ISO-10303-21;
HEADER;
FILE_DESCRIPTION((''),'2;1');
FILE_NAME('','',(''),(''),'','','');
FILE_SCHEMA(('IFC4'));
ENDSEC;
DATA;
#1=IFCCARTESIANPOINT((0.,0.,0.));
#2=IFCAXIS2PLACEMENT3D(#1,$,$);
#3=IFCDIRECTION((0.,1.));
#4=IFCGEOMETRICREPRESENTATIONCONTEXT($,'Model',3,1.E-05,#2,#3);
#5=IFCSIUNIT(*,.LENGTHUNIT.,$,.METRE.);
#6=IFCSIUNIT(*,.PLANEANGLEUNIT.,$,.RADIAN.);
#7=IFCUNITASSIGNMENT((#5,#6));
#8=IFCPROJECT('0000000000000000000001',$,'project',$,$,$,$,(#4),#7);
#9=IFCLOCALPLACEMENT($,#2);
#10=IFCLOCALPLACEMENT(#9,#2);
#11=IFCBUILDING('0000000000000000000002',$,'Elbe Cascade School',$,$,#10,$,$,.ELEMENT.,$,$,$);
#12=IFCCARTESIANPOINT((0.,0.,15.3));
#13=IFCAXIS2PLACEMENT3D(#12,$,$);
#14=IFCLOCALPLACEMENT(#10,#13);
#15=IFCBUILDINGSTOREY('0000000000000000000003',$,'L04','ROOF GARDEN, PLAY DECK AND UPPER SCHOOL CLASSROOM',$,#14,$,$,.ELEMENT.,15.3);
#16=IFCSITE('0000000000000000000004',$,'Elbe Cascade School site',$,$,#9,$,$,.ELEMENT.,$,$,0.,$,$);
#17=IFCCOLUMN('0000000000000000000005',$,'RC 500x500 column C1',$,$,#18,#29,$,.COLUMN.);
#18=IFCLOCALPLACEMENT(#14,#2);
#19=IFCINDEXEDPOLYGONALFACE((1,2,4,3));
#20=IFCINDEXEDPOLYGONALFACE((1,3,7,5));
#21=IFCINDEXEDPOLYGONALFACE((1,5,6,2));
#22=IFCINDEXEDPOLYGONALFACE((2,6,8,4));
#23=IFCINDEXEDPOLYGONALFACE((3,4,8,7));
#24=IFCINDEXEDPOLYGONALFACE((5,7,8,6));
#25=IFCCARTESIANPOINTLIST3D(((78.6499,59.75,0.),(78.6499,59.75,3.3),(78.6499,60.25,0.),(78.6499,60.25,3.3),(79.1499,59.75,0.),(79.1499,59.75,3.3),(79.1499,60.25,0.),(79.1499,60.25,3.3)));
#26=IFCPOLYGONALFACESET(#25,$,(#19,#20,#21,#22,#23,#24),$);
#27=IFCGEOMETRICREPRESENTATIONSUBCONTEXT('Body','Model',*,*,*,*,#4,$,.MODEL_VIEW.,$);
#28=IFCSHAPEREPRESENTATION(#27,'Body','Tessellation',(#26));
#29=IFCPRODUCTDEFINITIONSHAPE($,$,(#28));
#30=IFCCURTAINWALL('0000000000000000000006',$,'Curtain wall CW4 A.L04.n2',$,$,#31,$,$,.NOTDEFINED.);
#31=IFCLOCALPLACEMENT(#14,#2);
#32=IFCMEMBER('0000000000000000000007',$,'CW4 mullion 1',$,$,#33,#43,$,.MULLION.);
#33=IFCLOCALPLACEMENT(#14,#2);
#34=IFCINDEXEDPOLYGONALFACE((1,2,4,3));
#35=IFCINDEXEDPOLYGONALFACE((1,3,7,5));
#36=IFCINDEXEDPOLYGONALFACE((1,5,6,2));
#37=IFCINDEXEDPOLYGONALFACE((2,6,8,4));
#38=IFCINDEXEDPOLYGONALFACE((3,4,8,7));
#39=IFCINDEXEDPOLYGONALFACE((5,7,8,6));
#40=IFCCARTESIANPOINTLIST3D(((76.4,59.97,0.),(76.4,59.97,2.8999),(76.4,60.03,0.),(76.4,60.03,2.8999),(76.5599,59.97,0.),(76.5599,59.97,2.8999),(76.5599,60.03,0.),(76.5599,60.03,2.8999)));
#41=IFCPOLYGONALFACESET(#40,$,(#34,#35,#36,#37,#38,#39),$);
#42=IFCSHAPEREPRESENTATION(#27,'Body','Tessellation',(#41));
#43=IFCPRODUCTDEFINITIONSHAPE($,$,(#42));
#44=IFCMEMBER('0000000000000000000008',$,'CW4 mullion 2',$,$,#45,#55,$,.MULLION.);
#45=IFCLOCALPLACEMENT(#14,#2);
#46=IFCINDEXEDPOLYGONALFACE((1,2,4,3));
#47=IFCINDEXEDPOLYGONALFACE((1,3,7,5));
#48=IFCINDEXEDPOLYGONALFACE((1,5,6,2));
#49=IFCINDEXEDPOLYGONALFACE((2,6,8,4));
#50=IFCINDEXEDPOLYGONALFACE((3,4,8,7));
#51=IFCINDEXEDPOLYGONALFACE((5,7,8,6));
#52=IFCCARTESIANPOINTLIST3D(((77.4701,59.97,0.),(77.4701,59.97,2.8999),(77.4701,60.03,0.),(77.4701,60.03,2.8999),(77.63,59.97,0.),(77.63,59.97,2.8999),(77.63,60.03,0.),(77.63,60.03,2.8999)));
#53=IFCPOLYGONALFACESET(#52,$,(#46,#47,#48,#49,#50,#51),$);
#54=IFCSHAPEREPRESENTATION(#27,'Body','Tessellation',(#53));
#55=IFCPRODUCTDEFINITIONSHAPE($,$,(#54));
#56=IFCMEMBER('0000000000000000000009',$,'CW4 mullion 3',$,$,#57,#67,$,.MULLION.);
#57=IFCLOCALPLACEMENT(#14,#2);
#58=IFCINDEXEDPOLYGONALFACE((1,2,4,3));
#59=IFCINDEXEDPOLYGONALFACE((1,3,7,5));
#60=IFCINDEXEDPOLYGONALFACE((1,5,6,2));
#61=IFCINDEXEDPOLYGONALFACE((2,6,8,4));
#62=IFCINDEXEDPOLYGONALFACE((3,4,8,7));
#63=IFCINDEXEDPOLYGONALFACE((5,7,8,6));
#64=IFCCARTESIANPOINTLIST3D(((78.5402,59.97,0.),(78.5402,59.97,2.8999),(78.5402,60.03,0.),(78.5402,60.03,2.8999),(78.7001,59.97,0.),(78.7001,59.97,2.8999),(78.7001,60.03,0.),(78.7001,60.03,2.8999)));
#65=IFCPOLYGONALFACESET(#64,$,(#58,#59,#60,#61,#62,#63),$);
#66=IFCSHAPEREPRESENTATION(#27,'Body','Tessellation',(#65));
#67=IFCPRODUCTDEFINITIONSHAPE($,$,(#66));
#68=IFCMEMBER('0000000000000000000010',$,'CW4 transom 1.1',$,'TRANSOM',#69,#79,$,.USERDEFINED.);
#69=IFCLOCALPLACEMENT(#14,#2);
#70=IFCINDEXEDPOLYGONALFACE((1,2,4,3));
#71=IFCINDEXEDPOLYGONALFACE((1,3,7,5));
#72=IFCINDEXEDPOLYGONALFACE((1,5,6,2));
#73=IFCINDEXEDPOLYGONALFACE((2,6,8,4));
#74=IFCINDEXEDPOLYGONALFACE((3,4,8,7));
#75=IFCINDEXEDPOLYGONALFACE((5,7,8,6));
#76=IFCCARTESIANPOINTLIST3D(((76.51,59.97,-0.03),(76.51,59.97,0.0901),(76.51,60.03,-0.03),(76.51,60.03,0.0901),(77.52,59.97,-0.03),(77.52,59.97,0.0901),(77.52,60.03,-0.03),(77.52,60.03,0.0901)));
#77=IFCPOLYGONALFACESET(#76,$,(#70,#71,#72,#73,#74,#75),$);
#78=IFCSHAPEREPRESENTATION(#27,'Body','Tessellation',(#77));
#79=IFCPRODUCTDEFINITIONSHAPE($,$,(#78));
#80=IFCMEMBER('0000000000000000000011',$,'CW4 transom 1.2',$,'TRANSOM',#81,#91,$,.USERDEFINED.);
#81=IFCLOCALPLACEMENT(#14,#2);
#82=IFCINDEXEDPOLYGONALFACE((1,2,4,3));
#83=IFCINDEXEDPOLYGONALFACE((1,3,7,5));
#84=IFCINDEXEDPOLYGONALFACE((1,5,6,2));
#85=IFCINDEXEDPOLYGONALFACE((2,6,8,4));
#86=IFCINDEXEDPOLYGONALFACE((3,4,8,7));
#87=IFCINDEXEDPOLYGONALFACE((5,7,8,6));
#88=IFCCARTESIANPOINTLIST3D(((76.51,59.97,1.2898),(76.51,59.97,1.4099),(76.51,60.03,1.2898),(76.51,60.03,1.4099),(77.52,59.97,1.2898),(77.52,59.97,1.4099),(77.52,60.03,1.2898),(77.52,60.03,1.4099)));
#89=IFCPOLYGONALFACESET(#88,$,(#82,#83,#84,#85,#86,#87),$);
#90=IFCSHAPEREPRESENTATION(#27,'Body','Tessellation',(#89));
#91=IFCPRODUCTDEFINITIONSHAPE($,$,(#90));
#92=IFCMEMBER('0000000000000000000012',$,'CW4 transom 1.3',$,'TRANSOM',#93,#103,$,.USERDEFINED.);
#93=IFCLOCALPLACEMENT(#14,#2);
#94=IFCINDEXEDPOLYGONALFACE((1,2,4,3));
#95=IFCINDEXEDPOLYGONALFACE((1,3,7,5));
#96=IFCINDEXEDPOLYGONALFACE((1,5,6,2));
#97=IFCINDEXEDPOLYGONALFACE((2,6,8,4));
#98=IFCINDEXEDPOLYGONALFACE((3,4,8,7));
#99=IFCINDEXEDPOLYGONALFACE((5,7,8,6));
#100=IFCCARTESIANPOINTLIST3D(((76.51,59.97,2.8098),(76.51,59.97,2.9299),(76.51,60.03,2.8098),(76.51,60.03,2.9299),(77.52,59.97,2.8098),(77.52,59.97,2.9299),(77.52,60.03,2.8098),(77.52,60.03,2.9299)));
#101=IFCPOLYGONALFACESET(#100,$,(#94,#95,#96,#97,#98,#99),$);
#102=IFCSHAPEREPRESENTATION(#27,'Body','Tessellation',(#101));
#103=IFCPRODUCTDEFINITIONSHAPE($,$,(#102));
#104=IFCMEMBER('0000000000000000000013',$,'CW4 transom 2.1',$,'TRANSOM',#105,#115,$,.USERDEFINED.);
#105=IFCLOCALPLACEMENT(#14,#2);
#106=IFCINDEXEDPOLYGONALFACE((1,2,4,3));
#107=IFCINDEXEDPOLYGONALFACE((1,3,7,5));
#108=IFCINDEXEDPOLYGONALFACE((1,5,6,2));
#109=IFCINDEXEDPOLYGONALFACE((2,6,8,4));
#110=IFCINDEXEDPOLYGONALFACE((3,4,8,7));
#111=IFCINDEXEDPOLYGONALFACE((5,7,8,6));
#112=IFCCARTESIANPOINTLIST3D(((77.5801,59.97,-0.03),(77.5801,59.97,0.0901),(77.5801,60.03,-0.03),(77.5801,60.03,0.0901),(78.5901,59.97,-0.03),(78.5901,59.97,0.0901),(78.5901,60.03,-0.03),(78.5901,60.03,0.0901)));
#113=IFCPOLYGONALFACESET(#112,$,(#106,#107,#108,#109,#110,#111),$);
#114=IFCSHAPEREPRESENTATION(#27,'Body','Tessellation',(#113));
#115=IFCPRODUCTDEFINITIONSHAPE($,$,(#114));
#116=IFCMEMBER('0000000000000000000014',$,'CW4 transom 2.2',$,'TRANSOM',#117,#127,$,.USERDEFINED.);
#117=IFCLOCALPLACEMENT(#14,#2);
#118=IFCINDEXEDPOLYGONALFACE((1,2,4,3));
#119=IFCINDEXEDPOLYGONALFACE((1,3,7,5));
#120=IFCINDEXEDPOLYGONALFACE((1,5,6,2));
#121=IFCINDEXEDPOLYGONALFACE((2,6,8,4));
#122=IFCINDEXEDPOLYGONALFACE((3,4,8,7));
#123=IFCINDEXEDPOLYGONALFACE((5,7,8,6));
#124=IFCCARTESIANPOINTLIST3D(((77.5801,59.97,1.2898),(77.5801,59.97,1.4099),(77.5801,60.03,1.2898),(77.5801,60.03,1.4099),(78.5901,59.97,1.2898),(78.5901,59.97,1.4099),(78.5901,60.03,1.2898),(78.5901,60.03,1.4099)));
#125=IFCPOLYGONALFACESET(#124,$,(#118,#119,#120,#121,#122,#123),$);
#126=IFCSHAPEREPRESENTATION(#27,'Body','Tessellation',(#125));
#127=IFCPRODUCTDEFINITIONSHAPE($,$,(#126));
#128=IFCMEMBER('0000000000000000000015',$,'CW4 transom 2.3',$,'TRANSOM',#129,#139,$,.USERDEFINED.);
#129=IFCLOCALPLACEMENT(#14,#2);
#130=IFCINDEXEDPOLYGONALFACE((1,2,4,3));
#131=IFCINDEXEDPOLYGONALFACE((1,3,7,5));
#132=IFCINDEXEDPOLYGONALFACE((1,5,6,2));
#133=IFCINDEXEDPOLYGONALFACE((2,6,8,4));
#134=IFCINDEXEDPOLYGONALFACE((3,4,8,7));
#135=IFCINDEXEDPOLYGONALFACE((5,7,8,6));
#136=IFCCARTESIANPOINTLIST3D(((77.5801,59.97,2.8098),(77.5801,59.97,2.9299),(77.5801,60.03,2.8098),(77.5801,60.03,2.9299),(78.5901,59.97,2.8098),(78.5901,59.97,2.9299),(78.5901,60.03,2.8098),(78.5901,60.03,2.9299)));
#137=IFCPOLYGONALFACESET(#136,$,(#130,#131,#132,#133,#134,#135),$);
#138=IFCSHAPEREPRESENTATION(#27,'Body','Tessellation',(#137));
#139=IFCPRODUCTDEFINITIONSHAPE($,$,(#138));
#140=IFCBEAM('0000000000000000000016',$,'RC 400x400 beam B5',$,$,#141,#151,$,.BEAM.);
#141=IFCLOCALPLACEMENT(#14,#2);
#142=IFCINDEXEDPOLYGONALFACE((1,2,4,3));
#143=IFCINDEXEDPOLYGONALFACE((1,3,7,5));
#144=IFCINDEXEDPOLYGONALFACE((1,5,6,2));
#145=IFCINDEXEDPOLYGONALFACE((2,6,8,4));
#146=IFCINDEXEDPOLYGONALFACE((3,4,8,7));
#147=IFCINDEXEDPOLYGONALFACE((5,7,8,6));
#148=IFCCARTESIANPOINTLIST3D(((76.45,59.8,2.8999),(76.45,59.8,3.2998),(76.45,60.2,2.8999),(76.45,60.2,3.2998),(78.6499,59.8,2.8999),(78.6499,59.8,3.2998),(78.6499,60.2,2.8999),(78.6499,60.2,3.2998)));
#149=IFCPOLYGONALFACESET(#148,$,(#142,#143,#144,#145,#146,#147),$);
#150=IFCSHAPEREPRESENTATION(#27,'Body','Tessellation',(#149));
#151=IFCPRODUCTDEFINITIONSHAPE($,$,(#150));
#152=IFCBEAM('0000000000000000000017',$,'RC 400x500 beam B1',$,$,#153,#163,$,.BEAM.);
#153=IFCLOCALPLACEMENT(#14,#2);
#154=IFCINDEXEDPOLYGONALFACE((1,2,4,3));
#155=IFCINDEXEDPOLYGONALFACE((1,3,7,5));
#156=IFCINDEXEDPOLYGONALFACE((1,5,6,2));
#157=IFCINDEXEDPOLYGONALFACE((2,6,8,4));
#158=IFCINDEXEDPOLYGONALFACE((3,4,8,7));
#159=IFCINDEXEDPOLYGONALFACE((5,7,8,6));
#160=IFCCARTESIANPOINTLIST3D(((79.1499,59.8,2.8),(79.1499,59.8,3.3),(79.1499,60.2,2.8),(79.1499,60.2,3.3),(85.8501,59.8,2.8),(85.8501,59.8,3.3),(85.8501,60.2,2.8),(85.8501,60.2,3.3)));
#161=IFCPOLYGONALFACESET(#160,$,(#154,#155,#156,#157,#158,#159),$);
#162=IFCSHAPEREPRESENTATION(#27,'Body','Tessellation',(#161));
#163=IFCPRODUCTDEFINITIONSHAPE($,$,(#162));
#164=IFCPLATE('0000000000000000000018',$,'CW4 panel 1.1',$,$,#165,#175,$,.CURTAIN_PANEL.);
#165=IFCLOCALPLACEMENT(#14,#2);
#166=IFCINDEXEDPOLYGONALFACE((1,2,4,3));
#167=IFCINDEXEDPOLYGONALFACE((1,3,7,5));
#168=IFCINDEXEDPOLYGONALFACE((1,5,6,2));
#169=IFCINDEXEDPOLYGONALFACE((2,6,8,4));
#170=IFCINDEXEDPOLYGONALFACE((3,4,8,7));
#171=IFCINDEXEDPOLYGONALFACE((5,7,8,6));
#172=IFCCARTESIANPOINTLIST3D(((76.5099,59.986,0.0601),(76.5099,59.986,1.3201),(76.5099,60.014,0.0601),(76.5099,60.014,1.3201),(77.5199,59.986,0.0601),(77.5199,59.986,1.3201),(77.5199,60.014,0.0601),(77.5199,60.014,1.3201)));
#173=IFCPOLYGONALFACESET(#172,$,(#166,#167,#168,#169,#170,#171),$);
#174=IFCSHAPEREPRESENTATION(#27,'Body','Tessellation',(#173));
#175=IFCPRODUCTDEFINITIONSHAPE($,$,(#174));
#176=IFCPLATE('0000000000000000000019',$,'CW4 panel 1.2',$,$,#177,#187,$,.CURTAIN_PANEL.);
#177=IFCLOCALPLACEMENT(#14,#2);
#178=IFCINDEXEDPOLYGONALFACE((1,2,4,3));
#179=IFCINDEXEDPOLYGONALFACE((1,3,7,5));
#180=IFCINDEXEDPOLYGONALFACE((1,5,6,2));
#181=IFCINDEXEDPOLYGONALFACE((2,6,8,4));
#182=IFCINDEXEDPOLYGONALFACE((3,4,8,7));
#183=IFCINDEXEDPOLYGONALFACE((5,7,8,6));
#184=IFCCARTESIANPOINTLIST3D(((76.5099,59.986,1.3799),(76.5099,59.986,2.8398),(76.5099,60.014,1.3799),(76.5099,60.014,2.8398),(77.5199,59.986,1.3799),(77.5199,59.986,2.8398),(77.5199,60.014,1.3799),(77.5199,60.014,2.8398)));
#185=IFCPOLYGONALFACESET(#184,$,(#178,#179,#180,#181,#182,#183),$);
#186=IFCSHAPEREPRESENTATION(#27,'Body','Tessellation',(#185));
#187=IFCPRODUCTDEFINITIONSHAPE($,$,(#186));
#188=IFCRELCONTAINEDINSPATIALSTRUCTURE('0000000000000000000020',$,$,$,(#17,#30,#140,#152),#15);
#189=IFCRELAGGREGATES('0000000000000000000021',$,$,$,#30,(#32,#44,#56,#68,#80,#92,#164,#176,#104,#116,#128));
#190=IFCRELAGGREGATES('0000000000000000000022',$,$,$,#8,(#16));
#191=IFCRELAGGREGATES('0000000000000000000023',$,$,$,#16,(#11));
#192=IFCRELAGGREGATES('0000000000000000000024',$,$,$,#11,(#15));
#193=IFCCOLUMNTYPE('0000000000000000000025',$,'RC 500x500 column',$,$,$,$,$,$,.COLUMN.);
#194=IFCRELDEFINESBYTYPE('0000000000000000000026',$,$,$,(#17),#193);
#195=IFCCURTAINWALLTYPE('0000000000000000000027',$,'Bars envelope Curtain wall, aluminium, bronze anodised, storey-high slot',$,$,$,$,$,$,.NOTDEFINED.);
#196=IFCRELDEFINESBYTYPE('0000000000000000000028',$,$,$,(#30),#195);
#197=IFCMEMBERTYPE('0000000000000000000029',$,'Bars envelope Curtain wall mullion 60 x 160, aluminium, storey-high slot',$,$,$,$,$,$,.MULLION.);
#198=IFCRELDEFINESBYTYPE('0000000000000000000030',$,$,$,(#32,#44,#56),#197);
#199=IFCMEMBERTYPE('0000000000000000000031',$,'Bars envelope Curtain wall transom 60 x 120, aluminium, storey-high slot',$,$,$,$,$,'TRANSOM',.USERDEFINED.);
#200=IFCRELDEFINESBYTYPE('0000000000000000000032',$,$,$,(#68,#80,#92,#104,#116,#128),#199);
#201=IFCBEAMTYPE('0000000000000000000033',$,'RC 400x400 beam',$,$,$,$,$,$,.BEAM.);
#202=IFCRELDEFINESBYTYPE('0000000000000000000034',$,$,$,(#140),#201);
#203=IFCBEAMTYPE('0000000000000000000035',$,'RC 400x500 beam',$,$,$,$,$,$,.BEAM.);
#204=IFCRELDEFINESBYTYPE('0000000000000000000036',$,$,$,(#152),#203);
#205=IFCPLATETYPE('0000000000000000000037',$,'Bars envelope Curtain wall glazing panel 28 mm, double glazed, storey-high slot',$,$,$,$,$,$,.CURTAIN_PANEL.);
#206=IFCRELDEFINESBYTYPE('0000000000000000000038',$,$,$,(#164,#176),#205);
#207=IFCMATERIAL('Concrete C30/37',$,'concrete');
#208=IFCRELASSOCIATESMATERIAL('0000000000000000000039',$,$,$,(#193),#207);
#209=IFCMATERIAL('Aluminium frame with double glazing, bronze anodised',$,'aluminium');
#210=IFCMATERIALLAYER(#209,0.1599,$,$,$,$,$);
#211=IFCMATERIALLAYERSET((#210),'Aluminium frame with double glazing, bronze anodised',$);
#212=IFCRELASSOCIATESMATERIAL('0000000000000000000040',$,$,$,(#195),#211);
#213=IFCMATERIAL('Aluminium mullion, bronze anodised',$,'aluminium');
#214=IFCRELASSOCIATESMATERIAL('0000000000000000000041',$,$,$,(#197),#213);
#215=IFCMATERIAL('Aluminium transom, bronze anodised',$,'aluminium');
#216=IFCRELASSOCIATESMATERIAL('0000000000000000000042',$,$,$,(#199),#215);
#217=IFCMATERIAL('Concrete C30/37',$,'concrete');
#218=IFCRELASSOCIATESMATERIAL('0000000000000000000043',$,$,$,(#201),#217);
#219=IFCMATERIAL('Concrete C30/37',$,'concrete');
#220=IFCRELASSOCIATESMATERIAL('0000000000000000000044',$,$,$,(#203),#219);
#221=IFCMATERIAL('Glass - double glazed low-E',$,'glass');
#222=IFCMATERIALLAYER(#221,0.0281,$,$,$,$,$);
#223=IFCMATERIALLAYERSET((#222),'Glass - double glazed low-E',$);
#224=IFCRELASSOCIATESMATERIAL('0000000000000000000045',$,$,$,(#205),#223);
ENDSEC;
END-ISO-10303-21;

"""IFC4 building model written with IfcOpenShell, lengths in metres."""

from ifc_helpers import new_model, si_unit, direction, frame, origin, origin_2d, place, context, subcontext, project, spatial, rectangle, extrude, material, layer, layer_set, material_profile, profile_set, type_object, element, aggregate, save


model = new_model("IFC4")

# Units and contexts
model_context = context("Model", 3, precision=1e-05, world=origin(), true_north=direction((0.0, 1.0)))
body_context = subcontext(model_context, "Body", "Model", "MODEL_VIEW")
ifc_project = project(units=[si_unit("LENGTHUNIT", "METRE"), si_unit("PLANEANGLEUNIT", "RADIAN")], contexts=[model_context])

# Site, building, storey
site_placement = place(None, origin())
site = spatial("IfcSite", under=ifc_project, at=site_placement, Name="Elbe Cascade School site", CompositionType="ELEMENT", RefElevation=0.0)
building_placement = place(site_placement, origin())
building = spatial("IfcBuilding", under=site, at=building_placement, Name="Elbe Cascade School", CompositionType="ELEMENT")
storey_placement = place(building_placement, frame((0.0, 0.0, 15.3)))
storey = spatial("IfcBuildingStorey", under=building, at=storey_placement, Name="L04", Description="ROOF GARDEN, PLAY DECK AND UPPER SCHOOL CLASSROOM", CompositionType="ELEMENT", Elevation=15.3)

# Column
ifc_material_1 = material(Name="Concrete C30/37", Category="concrete")
ifc_material_profile_1 = material_profile(ifc_material_1, rectangle(XDim=0.5, YDim=0.5, at=origin_2d()), Name="RC 500x500")
ifc_profile_set_1 = profile_set([ifc_material_profile_1], Name="Concrete C30/37")
column_type = type_object("IfcColumnType", Name="RC 500x500 column", PredefinedType="COLUMN", material=ifc_profile_set_1)
column_placement = place(storey_placement, frame((78.8999, 60.0, 0.0), z_axis=(0.0, 0.0, 1.0), x_axis=(1.0, 0.0, 0.0)))
element("IfcColumn", 1, at=column_placement, inside=storey, type_object=column_type, Name="RC 500x500 column C1", PredefinedType="COLUMN", context=body_context, shape_type="SweptSolid", body=[
    extrude(rectangle(XDim=0.5, YDim=0.5, at=origin_2d()), origin(), (0.0, 0.0, 1.0), 3.3),
])

# Curtain wall, members
ifc_material_2 = material(Name="Aluminium frame with double glazing, bronze anodised", Category="aluminium")
ifc_layer_1 = layer(ifc_material_2, 0.1599)
ifc_layer_set_1 = layer_set([ifc_layer_1], Name="Aluminium frame with double glazing, bronze anodised")
curtain_wall_type = type_object("IfcCurtainWallType", Name="Bars envelope Curtain wall, aluminium, bronze anodised, storey-high slot", PredefinedType="NOTDEFINED", material=ifc_layer_set_1)
curtain_wall_placement = place(storey_placement, origin())
curtain_wall = element("IfcCurtainWall", 2, at=curtain_wall_placement, inside=storey, type_object=curtain_wall_type, Name="Curtain wall CW4 A.L04.n2", PredefinedType="NOTDEFINED")
ifc_material_3 = material(Name="Aluminium mullion, bronze anodised", Category="aluminium")
ifc_material_profile_2 = material_profile(ifc_material_3, rectangle(XDim=0.0601, YDim=0.1599, at=origin_2d()), Name="Bars envelope Curtain wall mullion 60 x 160, aluminium, storey-high slot")
ifc_profile_set_2 = profile_set([ifc_material_profile_2], Name="Aluminium mullion, bronze anodised")
member_type_1 = type_object("IfcMemberType", Name="Bars envelope Curtain wall mullion 60 x 160, aluminium, storey-high slot", PredefinedType="MULLION", material=ifc_profile_set_2)
member_1_placement = place(storey_placement, frame((76.48, 60.0, 0.0), z_axis=(0.0, 0.0, 1.0), x_axis=(0.0, 1.0, 0.0)))
member_1 = element("IfcMember", 3, at=member_1_placement, type_object=member_type_1, Name="CW4 mullion 1", PredefinedType="MULLION", context=body_context, shape_type="SweptSolid", body=[
    extrude(rectangle(XDim=0.0601, YDim=0.1599, at=origin_2d()), origin(), (0.0, 0.0, 1.0), 2.8999),
])
member_2_placement = place(storey_placement, frame((77.55, 60.0, 0.0), z_axis=(0.0, 0.0, 1.0), x_axis=(0.0, 1.0, 0.0)))
member_2 = element("IfcMember", 4, at=member_2_placement, type_object=member_type_1, Name="CW4 mullion 2", PredefinedType="MULLION", context=body_context, shape_type="SweptSolid", body=[
    extrude(rectangle(XDim=0.0601, YDim=0.1599, at=origin_2d()), origin(), (0.0, 0.0, 1.0), 2.8999),
])
member_3_placement = place(storey_placement, frame((78.6201, 60.0, 0.0), z_axis=(0.0, 0.0, 1.0), x_axis=(0.0, 1.0, 0.0)))
member_3 = element("IfcMember", 5, at=member_3_placement, type_object=member_type_1, Name="CW4 mullion 3", PredefinedType="MULLION", context=body_context, shape_type="SweptSolid", body=[
    extrude(rectangle(XDim=0.0601, YDim=0.1599, at=origin_2d()), origin(), (0.0, 0.0, 1.0), 2.8999),
])
ifc_material_4 = material(Name="Aluminium transom, bronze anodised", Category="aluminium")
ifc_material_profile_3 = material_profile(ifc_material_4, rectangle(XDim=0.0601, YDim=0.1201, at=origin_2d()), Name="Bars envelope Curtain wall transom 60 x 120, aluminium, storey-high slot")
ifc_profile_set_3 = profile_set([ifc_material_profile_3], Name="Aluminium transom, bronze anodised")
member_type_2 = type_object("IfcMemberType", Name="Bars envelope Curtain wall transom 60 x 120, aluminium, storey-high slot", ElementType="TRANSOM", PredefinedType="USERDEFINED", material=ifc_profile_set_3)
member_4_placement = place(storey_placement, frame((76.51, 60.0, 0.03), z_axis=(1.0, 0.0, 0.0), x_axis=(0.0, 1.0, 0.0)))
member_4 = element("IfcMember", 6, at=member_4_placement, type_object=member_type_2, Name="CW4 transom 1.1", ObjectType="TRANSOM", PredefinedType="USERDEFINED", context=body_context, shape_type="SweptSolid", body=[
    extrude(rectangle(XDim=0.0601, YDim=0.1201, at=origin_2d()), origin(), (0.0, 0.0, 1.0), 1.01),
])
member_5_placement = place(storey_placement, frame((76.51, 60.0, 1.3499), z_axis=(1.0, 0.0, 0.0), x_axis=(0.0, 1.0, 0.0)))
member_5 = element("IfcMember", 7, at=member_5_placement, type_object=member_type_2, Name="CW4 transom 1.2", ObjectType="TRANSOM", PredefinedType="USERDEFINED", context=body_context, shape_type="SweptSolid", body=[
    extrude(rectangle(XDim=0.0601, YDim=0.1201, at=origin_2d()), origin(), (0.0, 0.0, 1.0), 1.01),
])
member_6_placement = place(storey_placement, frame((76.51, 60.0, 2.8699), z_axis=(1.0, 0.0, 0.0), x_axis=(0.0, 1.0, 0.0)))
member_6 = element("IfcMember", 8, at=member_6_placement, type_object=member_type_2, Name="CW4 transom 1.3", ObjectType="TRANSOM", PredefinedType="USERDEFINED", context=body_context, shape_type="SweptSolid", body=[
    extrude(rectangle(XDim=0.0601, YDim=0.1201, at=origin_2d()), origin(), (0.0, 0.0, 1.0), 1.01),
])
member_7_placement = place(storey_placement, frame((77.5801, 60.0, 0.03), z_axis=(1.0, 0.0, 0.0), x_axis=(0.0, 1.0, 0.0)))
member_7 = element("IfcMember", 9, at=member_7_placement, type_object=member_type_2, Name="CW4 transom 2.1", ObjectType="TRANSOM", PredefinedType="USERDEFINED", context=body_context, shape_type="SweptSolid", body=[
    extrude(rectangle(XDim=0.0601, YDim=0.1201, at=origin_2d()), origin(), (0.0, 0.0, 1.0), 1.01),
])
member_8_placement = place(storey_placement, frame((77.5801, 60.0, 1.3499), z_axis=(1.0, 0.0, 0.0), x_axis=(0.0, 1.0, 0.0)))
member_8 = element("IfcMember", 10, at=member_8_placement, type_object=member_type_2, Name="CW4 transom 2.2", ObjectType="TRANSOM", PredefinedType="USERDEFINED", context=body_context, shape_type="SweptSolid", body=[
    extrude(rectangle(XDim=0.0601, YDim=0.1201, at=origin_2d()), origin(), (0.0, 0.0, 1.0), 1.01),
])
member_9_placement = place(storey_placement, frame((77.5801, 60.0, 2.8699), z_axis=(1.0, 0.0, 0.0), x_axis=(0.0, 1.0, 0.0)))
member_9 = element("IfcMember", 11, at=member_9_placement, type_object=member_type_2, Name="CW4 transom 2.3", ObjectType="TRANSOM", PredefinedType="USERDEFINED", context=body_context, shape_type="SweptSolid", body=[
    extrude(rectangle(XDim=0.0601, YDim=0.1201, at=origin_2d()), origin(), (0.0, 0.0, 1.0), 1.01),
])

# Beams
ifc_material_5 = material(Name="Concrete C30/37", Category="concrete")
ifc_material_profile_4 = material_profile(ifc_material_5, rectangle(XDim=0.3999, YDim=0.3999, at=origin_2d()), Name="RC 400x400")
ifc_profile_set_4 = profile_set([ifc_material_profile_4], Name="Concrete C30/37")
beam_type_1 = type_object("IfcBeamType", Name="RC 400x400 beam", PredefinedType="BEAM", material=ifc_profile_set_4)
beam_1_placement = place(storey_placement, frame((76.45, 60.0, 3.0999), z_axis=(1.0, 0.0, 0.0), x_axis=(0.0, 1.0, 0.0)))
element("IfcBeam", 12, at=beam_1_placement, inside=storey, type_object=beam_type_1, Name="RC 400x400 beam B5", PredefinedType="BEAM", context=body_context, shape_type="SweptSolid", body=[
    extrude(rectangle(XDim=0.3999, YDim=0.3999, at=origin_2d()), origin(), (0.0, 0.0, 1.0), 2.2),
])
ifc_material_6 = material(Name="Concrete C30/37", Category="concrete")
ifc_material_profile_5 = material_profile(ifc_material_6, rectangle(XDim=0.3999, YDim=0.5, at=origin_2d()), Name="RC 400x500")
ifc_profile_set_5 = profile_set([ifc_material_profile_5], Name="Concrete C30/37")
beam_type_2 = type_object("IfcBeamType", Name="RC 400x500 beam", PredefinedType="BEAM", material=ifc_profile_set_5)
beam_2_placement = place(storey_placement, frame((79.1499, 60.0, 3.05), z_axis=(1.0, 0.0, 0.0), x_axis=(0.0, 1.0, 0.0)))
element("IfcBeam", 13, at=beam_2_placement, inside=storey, type_object=beam_type_2, Name="RC 400x500 beam B1", PredefinedType="BEAM", context=body_context, shape_type="SweptSolid", body=[
    extrude(rectangle(XDim=0.3999, YDim=0.5, at=origin_2d()), origin(), (0.0, 0.0, 1.0), 6.7002),
])

# Plates
ifc_material_7 = material(Name="Glass - double glazed low-E", Category="glass")
ifc_layer_2 = layer(ifc_material_7, 0.0281)
ifc_layer_set_2 = layer_set([ifc_layer_2], Name="Glass - double glazed low-E")
plate_type = type_object("IfcPlateType", Name="Bars envelope Curtain wall glazing panel 28 mm, double glazed, storey-high slot", PredefinedType="CURTAIN_PANEL", material=ifc_layer_set_2)
plate_1_placement = place(storey_placement, frame((77.0149, 60.0, 0.0601), z_axis=(0.0, 0.0, 1.0), x_axis=(1.0, 0.0, 0.0)))
plate_1 = element("IfcPlate", 14, at=plate_1_placement, type_object=plate_type, Name="CW4 panel 1.1", PredefinedType="CURTAIN_PANEL", context=body_context, shape_type="SweptSolid", body=[
    extrude(rectangle(XDim=1.01, YDim=0.0281, at=origin_2d()), origin(), (0.0, 0.0, 1.0), 1.26),
])
plate_2_placement = place(storey_placement, frame((77.0149, 60.0, 1.3799), z_axis=(0.0, 0.0, 1.0), x_axis=(1.0, 0.0, 0.0)))
plate_2 = element("IfcPlate", 15, at=plate_2_placement, type_object=plate_type, Name="CW4 panel 1.2", PredefinedType="CURTAIN_PANEL", context=body_context, shape_type="SweptSolid", body=[
    extrude(rectangle(XDim=1.01, YDim=0.0281, at=origin_2d()), origin(), (0.0, 0.0, 1.0), 1.46),
])
aggregate(curtain_wall, [member_1, member_2, member_3, member_4, member_5, member_6, plate_1, plate_2, member_7, member_8, member_9])

save(model, "model.ifc")
